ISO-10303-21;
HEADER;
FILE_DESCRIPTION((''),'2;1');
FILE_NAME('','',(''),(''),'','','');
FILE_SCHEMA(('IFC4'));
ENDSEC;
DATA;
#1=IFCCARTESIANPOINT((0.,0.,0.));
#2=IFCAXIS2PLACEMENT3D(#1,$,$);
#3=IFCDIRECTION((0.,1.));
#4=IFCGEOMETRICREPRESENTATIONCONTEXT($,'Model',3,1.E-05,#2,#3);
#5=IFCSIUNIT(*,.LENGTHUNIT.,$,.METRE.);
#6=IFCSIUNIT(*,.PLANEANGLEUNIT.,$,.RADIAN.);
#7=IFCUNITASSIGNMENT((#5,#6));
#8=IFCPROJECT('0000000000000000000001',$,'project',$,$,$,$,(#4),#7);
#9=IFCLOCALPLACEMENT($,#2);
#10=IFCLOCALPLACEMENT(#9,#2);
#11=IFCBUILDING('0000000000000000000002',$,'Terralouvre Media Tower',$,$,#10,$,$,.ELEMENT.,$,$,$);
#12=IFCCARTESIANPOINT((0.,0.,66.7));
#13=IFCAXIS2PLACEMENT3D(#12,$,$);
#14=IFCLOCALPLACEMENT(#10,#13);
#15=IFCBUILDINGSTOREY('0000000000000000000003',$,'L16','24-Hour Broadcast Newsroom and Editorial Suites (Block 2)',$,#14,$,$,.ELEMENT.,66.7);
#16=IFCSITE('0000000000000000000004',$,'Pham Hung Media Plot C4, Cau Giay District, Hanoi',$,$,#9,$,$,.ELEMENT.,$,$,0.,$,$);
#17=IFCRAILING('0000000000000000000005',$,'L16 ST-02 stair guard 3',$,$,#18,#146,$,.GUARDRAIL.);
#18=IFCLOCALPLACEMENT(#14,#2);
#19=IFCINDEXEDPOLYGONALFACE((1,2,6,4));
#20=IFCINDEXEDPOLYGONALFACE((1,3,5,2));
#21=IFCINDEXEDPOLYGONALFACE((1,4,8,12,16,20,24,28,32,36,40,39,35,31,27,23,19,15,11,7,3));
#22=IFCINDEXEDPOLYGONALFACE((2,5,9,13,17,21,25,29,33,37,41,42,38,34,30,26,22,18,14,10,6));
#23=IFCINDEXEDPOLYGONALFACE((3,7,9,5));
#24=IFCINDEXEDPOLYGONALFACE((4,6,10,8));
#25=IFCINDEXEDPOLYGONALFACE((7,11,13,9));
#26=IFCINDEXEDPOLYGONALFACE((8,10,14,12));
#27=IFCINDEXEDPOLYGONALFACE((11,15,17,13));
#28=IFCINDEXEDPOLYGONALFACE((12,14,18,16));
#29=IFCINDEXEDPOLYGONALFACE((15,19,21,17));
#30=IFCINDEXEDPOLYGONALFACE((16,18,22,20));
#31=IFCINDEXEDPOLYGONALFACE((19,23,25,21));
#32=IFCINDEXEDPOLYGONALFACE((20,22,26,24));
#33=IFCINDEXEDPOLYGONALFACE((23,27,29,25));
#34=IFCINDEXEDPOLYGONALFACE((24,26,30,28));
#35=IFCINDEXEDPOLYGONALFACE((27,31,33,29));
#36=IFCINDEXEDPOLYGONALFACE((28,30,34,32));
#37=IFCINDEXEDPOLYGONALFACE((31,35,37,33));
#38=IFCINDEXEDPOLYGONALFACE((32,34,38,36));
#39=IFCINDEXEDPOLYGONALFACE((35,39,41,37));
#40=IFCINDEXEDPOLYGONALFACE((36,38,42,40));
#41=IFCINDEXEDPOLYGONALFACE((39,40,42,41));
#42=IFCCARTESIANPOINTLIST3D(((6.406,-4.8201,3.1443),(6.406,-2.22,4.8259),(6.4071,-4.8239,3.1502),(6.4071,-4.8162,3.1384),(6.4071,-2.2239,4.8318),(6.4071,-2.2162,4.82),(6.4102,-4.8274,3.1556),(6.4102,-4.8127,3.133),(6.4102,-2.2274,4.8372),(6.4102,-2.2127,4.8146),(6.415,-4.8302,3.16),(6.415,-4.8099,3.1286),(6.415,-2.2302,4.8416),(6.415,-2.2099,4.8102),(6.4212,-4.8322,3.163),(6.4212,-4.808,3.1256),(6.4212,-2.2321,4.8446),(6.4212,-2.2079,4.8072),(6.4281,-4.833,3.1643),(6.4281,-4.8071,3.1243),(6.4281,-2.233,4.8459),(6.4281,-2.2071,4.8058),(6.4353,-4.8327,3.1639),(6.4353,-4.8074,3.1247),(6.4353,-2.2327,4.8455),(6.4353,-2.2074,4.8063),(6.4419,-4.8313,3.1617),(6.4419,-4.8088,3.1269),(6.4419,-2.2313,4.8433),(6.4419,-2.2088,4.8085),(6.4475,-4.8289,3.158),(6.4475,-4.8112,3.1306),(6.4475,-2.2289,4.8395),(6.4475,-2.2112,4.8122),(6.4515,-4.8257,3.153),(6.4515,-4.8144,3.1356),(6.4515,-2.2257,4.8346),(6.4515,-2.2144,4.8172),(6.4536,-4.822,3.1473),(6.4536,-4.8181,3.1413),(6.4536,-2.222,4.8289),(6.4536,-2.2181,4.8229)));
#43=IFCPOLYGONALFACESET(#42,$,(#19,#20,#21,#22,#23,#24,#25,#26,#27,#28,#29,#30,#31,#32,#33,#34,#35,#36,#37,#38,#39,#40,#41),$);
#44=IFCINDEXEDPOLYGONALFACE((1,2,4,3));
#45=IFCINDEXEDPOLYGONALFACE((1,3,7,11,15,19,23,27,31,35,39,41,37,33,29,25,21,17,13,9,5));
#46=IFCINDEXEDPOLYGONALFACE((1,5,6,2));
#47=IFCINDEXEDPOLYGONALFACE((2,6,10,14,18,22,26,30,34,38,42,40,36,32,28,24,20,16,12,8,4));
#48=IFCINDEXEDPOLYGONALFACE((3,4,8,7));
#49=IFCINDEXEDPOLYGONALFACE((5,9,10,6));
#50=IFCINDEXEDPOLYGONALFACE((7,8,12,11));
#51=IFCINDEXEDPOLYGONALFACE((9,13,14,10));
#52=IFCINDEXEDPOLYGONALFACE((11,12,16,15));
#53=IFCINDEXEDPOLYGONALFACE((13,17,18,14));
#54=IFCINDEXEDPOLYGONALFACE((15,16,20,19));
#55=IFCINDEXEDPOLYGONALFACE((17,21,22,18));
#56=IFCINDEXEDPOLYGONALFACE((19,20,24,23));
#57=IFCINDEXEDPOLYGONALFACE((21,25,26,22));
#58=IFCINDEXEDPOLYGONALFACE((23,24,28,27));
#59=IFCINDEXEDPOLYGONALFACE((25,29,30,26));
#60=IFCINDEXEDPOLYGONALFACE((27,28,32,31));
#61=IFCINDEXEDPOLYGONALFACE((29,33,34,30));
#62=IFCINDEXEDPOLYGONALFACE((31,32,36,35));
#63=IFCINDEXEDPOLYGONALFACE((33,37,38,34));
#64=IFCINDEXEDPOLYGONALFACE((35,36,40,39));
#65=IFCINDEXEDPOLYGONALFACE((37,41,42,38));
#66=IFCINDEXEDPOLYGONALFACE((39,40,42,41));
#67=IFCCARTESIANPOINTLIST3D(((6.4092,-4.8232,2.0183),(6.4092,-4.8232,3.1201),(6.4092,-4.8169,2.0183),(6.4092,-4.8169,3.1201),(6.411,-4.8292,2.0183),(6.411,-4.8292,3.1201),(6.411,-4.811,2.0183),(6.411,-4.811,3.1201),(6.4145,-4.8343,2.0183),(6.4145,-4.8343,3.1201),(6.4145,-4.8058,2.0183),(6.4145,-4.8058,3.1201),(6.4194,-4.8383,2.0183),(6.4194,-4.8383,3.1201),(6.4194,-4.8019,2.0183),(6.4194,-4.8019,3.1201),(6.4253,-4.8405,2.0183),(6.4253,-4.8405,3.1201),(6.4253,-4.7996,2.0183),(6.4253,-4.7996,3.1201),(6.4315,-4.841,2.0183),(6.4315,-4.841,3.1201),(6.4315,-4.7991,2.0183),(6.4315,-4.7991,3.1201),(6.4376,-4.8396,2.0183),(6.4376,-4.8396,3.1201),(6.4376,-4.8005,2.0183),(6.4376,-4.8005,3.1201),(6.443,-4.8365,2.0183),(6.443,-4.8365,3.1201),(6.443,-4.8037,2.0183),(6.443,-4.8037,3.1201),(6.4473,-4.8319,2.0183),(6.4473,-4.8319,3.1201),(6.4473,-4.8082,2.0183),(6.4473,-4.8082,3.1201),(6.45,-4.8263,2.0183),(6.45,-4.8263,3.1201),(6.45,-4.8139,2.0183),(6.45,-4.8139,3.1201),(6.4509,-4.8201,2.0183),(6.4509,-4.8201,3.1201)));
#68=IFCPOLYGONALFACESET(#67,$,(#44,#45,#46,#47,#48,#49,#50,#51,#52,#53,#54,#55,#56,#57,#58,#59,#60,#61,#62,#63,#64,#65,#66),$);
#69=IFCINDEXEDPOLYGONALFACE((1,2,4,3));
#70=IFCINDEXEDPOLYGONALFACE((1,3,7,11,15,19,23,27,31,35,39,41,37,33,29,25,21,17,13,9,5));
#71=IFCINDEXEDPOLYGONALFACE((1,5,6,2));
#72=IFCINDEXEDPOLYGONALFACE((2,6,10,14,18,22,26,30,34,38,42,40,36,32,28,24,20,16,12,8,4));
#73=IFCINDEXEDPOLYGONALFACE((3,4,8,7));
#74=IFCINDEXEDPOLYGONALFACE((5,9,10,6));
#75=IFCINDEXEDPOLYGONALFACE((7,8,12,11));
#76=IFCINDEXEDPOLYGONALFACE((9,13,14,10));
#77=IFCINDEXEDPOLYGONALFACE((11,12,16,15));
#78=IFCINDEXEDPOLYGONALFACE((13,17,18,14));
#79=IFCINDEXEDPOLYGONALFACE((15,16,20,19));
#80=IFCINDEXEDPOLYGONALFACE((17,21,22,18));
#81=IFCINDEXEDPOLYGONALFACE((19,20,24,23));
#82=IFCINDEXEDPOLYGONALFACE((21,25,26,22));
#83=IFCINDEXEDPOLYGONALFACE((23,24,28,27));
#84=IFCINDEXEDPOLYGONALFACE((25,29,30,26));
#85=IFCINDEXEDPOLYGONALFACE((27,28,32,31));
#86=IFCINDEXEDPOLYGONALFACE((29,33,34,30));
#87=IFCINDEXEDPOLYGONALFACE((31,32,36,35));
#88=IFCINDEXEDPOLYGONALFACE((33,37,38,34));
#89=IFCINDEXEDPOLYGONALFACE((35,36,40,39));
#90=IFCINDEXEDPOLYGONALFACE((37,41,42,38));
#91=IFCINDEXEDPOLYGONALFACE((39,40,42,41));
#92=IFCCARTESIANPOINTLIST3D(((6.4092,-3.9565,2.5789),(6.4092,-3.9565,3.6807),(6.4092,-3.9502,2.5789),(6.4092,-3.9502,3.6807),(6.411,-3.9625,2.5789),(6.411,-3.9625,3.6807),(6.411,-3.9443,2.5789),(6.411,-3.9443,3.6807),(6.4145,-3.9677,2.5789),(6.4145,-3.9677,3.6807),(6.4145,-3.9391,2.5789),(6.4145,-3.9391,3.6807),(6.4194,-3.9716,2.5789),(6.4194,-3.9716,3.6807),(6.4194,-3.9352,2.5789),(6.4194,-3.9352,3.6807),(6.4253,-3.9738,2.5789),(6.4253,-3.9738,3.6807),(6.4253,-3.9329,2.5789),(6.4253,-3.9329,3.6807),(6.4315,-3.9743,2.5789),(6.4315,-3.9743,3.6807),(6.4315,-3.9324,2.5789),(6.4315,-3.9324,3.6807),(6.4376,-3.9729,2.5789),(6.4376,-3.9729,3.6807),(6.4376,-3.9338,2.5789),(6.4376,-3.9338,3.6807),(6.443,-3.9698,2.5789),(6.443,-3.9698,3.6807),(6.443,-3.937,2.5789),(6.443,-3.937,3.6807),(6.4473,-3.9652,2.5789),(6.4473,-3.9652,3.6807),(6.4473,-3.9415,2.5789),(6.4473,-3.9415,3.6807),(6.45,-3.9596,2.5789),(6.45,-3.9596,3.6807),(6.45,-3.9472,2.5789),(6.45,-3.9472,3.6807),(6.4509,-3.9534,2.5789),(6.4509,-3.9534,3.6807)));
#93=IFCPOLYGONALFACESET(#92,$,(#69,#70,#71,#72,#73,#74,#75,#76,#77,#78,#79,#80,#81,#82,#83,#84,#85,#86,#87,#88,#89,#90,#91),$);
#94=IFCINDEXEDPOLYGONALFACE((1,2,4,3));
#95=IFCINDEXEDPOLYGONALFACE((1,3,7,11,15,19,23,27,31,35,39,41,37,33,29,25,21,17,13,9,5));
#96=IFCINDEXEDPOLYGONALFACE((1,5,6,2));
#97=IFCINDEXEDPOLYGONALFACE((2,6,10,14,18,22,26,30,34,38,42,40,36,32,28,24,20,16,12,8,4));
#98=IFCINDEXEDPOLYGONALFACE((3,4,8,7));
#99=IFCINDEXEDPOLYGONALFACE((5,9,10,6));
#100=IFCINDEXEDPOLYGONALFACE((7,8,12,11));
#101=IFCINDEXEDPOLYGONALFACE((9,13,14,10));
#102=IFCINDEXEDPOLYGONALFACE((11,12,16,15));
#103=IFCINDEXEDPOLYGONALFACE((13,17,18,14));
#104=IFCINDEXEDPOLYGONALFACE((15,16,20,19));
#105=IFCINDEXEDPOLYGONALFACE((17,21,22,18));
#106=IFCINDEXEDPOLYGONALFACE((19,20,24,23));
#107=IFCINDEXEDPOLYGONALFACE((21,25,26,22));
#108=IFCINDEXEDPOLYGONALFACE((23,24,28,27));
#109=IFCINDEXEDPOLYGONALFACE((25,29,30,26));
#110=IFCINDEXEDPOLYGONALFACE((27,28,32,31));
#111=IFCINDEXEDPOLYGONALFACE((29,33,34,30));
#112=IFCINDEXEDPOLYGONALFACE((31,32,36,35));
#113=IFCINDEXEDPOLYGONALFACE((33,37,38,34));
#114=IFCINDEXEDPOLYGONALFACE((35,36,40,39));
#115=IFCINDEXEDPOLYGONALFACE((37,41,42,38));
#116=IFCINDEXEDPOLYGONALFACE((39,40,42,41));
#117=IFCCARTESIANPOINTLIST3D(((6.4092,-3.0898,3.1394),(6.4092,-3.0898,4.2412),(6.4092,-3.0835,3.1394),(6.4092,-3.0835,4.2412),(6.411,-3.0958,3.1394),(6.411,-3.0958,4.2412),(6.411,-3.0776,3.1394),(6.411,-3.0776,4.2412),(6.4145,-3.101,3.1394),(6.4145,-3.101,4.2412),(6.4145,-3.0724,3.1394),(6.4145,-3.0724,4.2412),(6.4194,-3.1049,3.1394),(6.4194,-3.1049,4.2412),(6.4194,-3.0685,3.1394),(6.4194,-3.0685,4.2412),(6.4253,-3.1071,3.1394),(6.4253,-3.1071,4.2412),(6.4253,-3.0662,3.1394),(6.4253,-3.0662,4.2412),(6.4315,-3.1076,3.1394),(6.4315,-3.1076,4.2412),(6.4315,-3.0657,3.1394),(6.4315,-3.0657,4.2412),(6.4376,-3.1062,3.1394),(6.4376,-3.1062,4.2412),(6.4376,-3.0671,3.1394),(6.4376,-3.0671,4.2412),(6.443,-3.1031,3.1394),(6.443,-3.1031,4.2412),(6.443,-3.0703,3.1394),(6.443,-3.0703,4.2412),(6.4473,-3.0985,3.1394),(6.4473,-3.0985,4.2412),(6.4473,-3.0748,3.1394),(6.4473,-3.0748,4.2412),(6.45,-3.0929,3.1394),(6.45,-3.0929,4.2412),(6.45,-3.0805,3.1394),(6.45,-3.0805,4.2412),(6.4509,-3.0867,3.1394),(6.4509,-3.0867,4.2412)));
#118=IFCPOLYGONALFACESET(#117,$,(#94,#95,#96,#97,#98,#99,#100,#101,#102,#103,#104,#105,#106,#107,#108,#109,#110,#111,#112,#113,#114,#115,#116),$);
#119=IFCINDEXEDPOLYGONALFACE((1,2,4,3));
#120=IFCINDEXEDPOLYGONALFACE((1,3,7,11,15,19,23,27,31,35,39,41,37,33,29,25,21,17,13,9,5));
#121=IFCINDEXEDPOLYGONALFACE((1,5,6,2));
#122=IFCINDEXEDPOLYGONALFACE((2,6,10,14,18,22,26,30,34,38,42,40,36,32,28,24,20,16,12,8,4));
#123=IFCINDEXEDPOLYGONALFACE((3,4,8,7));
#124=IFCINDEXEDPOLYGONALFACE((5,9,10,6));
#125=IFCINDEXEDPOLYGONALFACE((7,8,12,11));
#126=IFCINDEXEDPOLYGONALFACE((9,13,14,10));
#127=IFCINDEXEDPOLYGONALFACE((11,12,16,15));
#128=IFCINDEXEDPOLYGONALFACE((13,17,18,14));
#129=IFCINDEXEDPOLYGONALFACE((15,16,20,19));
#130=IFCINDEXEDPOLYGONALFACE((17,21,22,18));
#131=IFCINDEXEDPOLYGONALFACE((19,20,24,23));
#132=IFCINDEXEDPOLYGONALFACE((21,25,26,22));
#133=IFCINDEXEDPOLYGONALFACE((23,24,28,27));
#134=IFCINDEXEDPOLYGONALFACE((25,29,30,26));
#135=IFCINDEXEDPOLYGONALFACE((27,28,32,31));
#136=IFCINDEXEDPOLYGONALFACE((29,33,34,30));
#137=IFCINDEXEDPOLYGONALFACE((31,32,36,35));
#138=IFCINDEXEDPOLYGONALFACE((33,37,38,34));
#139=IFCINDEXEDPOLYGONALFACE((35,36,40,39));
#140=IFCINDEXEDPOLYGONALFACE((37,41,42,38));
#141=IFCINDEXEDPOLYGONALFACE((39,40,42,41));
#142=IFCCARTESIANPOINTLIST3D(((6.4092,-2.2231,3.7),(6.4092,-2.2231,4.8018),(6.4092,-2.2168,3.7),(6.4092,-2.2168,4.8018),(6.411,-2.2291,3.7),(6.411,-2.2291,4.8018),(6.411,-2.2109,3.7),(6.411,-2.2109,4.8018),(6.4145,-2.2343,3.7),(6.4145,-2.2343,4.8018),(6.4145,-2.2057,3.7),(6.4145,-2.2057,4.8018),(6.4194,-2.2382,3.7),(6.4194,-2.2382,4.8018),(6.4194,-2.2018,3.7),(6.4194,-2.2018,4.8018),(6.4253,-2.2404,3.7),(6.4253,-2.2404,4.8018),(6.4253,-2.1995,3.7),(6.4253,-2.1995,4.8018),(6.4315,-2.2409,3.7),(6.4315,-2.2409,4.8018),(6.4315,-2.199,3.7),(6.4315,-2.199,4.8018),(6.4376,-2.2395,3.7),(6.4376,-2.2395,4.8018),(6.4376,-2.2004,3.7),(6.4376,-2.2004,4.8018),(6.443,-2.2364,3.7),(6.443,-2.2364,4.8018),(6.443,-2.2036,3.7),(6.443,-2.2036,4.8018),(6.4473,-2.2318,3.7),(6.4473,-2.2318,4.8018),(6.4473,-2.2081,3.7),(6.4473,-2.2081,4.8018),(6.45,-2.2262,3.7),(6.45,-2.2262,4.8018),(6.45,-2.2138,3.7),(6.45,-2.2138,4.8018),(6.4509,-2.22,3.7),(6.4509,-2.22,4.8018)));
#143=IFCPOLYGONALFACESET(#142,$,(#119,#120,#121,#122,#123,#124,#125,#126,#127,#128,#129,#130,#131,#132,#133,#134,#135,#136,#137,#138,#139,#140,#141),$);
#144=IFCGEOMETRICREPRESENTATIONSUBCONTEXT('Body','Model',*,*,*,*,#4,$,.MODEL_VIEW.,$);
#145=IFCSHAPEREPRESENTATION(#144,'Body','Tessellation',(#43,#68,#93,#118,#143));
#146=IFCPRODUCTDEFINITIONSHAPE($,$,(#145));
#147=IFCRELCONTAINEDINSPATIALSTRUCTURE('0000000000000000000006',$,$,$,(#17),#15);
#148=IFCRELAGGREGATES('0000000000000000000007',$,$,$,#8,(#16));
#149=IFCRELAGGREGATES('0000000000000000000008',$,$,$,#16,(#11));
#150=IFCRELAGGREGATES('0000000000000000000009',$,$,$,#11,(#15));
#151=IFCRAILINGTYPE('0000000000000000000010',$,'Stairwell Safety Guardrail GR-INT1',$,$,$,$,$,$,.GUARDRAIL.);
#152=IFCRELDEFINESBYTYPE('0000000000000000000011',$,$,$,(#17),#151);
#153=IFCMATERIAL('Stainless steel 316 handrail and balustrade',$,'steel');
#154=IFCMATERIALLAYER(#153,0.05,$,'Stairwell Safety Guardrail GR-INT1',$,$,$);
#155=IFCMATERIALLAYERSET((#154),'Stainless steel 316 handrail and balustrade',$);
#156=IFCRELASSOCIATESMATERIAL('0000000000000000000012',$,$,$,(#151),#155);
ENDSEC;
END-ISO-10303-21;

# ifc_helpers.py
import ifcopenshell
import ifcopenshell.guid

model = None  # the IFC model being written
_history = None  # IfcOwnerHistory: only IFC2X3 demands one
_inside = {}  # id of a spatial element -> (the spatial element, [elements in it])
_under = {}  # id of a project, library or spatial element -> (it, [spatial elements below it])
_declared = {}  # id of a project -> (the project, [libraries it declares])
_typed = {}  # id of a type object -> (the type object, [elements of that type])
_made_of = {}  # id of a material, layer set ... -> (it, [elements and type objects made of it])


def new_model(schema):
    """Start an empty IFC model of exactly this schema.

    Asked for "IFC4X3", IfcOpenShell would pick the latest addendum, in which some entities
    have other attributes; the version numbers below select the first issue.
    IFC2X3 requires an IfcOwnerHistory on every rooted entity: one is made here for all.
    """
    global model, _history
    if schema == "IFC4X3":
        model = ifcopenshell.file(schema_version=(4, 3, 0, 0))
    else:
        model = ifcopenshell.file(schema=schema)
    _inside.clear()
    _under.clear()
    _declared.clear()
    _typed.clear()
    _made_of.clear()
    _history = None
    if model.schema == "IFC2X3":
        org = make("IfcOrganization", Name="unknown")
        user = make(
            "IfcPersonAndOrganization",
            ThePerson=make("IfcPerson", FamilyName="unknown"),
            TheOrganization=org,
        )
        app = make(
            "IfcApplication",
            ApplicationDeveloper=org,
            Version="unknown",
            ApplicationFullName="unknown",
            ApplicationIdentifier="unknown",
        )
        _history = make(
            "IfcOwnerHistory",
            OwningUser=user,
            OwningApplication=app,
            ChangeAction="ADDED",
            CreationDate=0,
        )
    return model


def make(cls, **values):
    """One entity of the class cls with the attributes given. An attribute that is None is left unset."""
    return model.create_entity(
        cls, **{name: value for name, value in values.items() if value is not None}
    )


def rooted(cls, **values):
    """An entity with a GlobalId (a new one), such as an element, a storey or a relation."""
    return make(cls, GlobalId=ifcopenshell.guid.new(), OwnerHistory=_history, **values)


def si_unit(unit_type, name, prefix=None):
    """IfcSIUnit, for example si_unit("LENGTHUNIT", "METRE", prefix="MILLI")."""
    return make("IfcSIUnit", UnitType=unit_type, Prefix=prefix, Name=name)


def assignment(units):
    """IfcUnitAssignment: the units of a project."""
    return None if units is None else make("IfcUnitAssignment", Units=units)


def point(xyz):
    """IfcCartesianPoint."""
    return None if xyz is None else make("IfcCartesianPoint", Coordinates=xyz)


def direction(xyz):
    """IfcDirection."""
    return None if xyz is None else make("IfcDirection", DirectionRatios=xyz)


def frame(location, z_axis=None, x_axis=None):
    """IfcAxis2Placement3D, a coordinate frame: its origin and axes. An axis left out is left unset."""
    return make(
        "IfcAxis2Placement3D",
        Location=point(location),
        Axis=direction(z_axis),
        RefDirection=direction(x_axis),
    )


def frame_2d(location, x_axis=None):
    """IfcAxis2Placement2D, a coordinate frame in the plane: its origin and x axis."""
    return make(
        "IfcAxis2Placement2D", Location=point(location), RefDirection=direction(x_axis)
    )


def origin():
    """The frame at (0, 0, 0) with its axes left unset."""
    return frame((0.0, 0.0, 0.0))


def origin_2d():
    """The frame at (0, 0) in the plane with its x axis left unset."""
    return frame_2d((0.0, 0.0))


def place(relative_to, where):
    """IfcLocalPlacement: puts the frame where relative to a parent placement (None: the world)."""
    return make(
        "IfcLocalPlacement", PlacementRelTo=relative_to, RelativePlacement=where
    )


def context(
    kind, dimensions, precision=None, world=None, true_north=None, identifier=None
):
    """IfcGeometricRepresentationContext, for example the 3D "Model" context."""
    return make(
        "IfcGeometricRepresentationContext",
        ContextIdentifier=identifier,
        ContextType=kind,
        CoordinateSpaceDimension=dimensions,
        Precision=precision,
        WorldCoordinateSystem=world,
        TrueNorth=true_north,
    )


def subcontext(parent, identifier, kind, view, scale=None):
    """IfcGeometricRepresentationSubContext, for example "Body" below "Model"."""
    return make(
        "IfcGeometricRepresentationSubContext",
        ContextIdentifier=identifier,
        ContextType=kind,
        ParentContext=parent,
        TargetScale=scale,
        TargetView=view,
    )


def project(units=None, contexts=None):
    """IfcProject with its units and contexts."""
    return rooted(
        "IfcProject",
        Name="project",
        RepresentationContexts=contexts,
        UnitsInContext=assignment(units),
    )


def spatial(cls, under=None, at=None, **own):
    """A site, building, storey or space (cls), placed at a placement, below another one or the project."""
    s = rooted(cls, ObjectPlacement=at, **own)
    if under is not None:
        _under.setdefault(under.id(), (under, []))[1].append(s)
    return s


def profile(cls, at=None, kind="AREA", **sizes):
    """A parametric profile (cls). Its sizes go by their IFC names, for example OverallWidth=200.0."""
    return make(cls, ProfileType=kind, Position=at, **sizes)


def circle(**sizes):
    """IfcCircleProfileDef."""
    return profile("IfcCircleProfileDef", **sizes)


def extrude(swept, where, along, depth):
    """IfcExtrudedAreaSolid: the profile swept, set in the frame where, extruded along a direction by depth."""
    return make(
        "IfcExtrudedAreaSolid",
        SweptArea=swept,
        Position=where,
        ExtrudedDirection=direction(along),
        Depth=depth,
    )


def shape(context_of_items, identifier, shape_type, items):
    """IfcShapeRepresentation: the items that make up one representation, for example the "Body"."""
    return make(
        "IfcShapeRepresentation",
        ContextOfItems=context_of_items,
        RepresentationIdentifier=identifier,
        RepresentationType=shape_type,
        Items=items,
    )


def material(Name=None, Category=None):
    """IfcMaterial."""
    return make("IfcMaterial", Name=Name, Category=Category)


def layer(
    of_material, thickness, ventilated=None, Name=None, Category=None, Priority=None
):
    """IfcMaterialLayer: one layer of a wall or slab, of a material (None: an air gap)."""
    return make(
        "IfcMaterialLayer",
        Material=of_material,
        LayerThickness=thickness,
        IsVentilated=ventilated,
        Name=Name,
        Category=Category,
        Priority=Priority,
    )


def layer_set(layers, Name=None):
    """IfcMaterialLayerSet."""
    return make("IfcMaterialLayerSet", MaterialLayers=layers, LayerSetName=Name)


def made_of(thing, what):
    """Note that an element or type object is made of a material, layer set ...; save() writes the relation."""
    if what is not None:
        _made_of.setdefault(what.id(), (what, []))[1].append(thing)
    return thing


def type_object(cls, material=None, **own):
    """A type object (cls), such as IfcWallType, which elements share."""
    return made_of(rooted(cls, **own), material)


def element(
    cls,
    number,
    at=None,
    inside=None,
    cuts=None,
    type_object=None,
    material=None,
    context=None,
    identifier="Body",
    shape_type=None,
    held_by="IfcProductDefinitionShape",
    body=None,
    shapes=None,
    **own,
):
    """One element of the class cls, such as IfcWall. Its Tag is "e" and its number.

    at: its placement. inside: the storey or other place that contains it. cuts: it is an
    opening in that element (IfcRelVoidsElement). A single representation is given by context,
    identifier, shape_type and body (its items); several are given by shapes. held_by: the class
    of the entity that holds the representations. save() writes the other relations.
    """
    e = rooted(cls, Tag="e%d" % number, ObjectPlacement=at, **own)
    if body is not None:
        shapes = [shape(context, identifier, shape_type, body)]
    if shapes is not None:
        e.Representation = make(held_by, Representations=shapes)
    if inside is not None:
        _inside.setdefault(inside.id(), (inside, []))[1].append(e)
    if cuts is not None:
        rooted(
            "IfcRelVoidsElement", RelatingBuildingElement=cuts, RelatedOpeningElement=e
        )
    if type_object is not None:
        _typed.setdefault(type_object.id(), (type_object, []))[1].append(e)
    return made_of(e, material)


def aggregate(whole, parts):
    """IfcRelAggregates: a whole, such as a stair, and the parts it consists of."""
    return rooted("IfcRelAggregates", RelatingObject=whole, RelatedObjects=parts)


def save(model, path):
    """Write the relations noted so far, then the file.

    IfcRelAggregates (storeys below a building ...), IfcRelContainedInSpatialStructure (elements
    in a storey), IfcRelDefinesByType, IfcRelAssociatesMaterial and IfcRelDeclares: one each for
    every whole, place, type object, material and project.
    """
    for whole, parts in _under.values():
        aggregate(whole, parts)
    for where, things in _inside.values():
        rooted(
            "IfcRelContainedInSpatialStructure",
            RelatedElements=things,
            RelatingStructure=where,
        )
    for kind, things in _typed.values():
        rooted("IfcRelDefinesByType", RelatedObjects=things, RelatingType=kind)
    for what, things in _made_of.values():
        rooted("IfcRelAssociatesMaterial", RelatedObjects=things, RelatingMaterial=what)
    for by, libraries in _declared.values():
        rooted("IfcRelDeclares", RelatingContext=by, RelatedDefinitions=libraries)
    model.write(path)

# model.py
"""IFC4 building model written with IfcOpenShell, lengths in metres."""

from ifc_helpers import new_model, si_unit, direction, frame, origin, origin_2d, place, context, subcontext, project, spatial, circle, extrude, material, layer, layer_set, type_object, element, save


model = new_model("IFC4")

# Units and contexts
model_context = context("Model", 3, precision=1e-05, world=origin(), true_north=direction((0.0, 1.0)))
body_context = subcontext(model_context, "Body", "Model", "MODEL_VIEW")
ifc_project = project(units=[si_unit("LENGTHUNIT", "METRE"), si_unit("PLANEANGLEUNIT", "RADIAN")], contexts=[model_context])

# Site, building, storey
site_placement = place(None, origin())
site = spatial("IfcSite", under=ifc_project, at=site_placement, Name="Pham Hung Media Plot C4, Cau Giay District, Hanoi", CompositionType="ELEMENT", RefElevation=0.0)
building_placement = place(site_placement, origin())
building = spatial("IfcBuilding", under=site, at=building_placement, Name="Terralouvre Media Tower", CompositionType="ELEMENT")
storey_placement = place(building_placement, frame((0.0, 0.0, 66.7)))
storey = spatial("IfcBuildingStorey", under=building, at=storey_placement, Name="L16", Description="24-Hour Broadcast Newsroom and Editorial Suites (Block 2)", CompositionType="ELEMENT", Elevation=66.7)

# Railing
ifc_material_1 = material(Name="Stainless steel 316 handrail and balustrade", Category="steel")
ifc_layer_1 = layer(ifc_material_1, 0.05, Name="Stairwell Safety Guardrail GR-INT1")
ifc_layer_set_1 = layer_set([ifc_layer_1], Name="Stainless steel 316 handrail and balustrade")
railing_type_1 = type_object("IfcRailingType", Name="Stairwell Safety Guardrail GR-INT1", PredefinedType="GUARDRAIL", material=ifc_layer_set_1)
railing_1_placement = place(storey_placement, frame((6.4299, -4.8201, 2.0183)))
element("IfcRailing", 1, at=railing_1_placement, inside=storey, type_object=railing_type_1, Name="L16 ST-02 stair guard 3", PredefinedType="GUARDRAIL", context=body_context, shape_type="SweptSolid", body=[
    extrude(circle(Radius=0.0239, at=origin_2d()), frame((0.0, 0.0, 1.126), z_axis=(0.0, 0.839684, 0.543075), x_axis=(-1.0, 0.0, 0.0)), (0.0, 0.0, 1.0), 3.0964),
    extrude(circle(Radius=0.021, at=origin_2d()), origin(), (0.0, 0.0, 1.0), 1.1018),
    extrude(circle(Radius=0.021, at=origin_2d()), frame((0.0, 0.8667, 0.5605)), (0.0, 0.0, 1.0), 1.1018),
    extrude(circle(Radius=0.021, at=origin_2d()), frame((0.0, 1.7334, 1.1211)), (0.0, 0.0, 1.0), 1.1018),
    extrude(circle(Radius=0.021, at=origin_2d()), frame((0.0, 2.6001, 1.6816)), (0.0, 0.0, 1.0), 1.1018),
])

save(model, "model.ifc")
